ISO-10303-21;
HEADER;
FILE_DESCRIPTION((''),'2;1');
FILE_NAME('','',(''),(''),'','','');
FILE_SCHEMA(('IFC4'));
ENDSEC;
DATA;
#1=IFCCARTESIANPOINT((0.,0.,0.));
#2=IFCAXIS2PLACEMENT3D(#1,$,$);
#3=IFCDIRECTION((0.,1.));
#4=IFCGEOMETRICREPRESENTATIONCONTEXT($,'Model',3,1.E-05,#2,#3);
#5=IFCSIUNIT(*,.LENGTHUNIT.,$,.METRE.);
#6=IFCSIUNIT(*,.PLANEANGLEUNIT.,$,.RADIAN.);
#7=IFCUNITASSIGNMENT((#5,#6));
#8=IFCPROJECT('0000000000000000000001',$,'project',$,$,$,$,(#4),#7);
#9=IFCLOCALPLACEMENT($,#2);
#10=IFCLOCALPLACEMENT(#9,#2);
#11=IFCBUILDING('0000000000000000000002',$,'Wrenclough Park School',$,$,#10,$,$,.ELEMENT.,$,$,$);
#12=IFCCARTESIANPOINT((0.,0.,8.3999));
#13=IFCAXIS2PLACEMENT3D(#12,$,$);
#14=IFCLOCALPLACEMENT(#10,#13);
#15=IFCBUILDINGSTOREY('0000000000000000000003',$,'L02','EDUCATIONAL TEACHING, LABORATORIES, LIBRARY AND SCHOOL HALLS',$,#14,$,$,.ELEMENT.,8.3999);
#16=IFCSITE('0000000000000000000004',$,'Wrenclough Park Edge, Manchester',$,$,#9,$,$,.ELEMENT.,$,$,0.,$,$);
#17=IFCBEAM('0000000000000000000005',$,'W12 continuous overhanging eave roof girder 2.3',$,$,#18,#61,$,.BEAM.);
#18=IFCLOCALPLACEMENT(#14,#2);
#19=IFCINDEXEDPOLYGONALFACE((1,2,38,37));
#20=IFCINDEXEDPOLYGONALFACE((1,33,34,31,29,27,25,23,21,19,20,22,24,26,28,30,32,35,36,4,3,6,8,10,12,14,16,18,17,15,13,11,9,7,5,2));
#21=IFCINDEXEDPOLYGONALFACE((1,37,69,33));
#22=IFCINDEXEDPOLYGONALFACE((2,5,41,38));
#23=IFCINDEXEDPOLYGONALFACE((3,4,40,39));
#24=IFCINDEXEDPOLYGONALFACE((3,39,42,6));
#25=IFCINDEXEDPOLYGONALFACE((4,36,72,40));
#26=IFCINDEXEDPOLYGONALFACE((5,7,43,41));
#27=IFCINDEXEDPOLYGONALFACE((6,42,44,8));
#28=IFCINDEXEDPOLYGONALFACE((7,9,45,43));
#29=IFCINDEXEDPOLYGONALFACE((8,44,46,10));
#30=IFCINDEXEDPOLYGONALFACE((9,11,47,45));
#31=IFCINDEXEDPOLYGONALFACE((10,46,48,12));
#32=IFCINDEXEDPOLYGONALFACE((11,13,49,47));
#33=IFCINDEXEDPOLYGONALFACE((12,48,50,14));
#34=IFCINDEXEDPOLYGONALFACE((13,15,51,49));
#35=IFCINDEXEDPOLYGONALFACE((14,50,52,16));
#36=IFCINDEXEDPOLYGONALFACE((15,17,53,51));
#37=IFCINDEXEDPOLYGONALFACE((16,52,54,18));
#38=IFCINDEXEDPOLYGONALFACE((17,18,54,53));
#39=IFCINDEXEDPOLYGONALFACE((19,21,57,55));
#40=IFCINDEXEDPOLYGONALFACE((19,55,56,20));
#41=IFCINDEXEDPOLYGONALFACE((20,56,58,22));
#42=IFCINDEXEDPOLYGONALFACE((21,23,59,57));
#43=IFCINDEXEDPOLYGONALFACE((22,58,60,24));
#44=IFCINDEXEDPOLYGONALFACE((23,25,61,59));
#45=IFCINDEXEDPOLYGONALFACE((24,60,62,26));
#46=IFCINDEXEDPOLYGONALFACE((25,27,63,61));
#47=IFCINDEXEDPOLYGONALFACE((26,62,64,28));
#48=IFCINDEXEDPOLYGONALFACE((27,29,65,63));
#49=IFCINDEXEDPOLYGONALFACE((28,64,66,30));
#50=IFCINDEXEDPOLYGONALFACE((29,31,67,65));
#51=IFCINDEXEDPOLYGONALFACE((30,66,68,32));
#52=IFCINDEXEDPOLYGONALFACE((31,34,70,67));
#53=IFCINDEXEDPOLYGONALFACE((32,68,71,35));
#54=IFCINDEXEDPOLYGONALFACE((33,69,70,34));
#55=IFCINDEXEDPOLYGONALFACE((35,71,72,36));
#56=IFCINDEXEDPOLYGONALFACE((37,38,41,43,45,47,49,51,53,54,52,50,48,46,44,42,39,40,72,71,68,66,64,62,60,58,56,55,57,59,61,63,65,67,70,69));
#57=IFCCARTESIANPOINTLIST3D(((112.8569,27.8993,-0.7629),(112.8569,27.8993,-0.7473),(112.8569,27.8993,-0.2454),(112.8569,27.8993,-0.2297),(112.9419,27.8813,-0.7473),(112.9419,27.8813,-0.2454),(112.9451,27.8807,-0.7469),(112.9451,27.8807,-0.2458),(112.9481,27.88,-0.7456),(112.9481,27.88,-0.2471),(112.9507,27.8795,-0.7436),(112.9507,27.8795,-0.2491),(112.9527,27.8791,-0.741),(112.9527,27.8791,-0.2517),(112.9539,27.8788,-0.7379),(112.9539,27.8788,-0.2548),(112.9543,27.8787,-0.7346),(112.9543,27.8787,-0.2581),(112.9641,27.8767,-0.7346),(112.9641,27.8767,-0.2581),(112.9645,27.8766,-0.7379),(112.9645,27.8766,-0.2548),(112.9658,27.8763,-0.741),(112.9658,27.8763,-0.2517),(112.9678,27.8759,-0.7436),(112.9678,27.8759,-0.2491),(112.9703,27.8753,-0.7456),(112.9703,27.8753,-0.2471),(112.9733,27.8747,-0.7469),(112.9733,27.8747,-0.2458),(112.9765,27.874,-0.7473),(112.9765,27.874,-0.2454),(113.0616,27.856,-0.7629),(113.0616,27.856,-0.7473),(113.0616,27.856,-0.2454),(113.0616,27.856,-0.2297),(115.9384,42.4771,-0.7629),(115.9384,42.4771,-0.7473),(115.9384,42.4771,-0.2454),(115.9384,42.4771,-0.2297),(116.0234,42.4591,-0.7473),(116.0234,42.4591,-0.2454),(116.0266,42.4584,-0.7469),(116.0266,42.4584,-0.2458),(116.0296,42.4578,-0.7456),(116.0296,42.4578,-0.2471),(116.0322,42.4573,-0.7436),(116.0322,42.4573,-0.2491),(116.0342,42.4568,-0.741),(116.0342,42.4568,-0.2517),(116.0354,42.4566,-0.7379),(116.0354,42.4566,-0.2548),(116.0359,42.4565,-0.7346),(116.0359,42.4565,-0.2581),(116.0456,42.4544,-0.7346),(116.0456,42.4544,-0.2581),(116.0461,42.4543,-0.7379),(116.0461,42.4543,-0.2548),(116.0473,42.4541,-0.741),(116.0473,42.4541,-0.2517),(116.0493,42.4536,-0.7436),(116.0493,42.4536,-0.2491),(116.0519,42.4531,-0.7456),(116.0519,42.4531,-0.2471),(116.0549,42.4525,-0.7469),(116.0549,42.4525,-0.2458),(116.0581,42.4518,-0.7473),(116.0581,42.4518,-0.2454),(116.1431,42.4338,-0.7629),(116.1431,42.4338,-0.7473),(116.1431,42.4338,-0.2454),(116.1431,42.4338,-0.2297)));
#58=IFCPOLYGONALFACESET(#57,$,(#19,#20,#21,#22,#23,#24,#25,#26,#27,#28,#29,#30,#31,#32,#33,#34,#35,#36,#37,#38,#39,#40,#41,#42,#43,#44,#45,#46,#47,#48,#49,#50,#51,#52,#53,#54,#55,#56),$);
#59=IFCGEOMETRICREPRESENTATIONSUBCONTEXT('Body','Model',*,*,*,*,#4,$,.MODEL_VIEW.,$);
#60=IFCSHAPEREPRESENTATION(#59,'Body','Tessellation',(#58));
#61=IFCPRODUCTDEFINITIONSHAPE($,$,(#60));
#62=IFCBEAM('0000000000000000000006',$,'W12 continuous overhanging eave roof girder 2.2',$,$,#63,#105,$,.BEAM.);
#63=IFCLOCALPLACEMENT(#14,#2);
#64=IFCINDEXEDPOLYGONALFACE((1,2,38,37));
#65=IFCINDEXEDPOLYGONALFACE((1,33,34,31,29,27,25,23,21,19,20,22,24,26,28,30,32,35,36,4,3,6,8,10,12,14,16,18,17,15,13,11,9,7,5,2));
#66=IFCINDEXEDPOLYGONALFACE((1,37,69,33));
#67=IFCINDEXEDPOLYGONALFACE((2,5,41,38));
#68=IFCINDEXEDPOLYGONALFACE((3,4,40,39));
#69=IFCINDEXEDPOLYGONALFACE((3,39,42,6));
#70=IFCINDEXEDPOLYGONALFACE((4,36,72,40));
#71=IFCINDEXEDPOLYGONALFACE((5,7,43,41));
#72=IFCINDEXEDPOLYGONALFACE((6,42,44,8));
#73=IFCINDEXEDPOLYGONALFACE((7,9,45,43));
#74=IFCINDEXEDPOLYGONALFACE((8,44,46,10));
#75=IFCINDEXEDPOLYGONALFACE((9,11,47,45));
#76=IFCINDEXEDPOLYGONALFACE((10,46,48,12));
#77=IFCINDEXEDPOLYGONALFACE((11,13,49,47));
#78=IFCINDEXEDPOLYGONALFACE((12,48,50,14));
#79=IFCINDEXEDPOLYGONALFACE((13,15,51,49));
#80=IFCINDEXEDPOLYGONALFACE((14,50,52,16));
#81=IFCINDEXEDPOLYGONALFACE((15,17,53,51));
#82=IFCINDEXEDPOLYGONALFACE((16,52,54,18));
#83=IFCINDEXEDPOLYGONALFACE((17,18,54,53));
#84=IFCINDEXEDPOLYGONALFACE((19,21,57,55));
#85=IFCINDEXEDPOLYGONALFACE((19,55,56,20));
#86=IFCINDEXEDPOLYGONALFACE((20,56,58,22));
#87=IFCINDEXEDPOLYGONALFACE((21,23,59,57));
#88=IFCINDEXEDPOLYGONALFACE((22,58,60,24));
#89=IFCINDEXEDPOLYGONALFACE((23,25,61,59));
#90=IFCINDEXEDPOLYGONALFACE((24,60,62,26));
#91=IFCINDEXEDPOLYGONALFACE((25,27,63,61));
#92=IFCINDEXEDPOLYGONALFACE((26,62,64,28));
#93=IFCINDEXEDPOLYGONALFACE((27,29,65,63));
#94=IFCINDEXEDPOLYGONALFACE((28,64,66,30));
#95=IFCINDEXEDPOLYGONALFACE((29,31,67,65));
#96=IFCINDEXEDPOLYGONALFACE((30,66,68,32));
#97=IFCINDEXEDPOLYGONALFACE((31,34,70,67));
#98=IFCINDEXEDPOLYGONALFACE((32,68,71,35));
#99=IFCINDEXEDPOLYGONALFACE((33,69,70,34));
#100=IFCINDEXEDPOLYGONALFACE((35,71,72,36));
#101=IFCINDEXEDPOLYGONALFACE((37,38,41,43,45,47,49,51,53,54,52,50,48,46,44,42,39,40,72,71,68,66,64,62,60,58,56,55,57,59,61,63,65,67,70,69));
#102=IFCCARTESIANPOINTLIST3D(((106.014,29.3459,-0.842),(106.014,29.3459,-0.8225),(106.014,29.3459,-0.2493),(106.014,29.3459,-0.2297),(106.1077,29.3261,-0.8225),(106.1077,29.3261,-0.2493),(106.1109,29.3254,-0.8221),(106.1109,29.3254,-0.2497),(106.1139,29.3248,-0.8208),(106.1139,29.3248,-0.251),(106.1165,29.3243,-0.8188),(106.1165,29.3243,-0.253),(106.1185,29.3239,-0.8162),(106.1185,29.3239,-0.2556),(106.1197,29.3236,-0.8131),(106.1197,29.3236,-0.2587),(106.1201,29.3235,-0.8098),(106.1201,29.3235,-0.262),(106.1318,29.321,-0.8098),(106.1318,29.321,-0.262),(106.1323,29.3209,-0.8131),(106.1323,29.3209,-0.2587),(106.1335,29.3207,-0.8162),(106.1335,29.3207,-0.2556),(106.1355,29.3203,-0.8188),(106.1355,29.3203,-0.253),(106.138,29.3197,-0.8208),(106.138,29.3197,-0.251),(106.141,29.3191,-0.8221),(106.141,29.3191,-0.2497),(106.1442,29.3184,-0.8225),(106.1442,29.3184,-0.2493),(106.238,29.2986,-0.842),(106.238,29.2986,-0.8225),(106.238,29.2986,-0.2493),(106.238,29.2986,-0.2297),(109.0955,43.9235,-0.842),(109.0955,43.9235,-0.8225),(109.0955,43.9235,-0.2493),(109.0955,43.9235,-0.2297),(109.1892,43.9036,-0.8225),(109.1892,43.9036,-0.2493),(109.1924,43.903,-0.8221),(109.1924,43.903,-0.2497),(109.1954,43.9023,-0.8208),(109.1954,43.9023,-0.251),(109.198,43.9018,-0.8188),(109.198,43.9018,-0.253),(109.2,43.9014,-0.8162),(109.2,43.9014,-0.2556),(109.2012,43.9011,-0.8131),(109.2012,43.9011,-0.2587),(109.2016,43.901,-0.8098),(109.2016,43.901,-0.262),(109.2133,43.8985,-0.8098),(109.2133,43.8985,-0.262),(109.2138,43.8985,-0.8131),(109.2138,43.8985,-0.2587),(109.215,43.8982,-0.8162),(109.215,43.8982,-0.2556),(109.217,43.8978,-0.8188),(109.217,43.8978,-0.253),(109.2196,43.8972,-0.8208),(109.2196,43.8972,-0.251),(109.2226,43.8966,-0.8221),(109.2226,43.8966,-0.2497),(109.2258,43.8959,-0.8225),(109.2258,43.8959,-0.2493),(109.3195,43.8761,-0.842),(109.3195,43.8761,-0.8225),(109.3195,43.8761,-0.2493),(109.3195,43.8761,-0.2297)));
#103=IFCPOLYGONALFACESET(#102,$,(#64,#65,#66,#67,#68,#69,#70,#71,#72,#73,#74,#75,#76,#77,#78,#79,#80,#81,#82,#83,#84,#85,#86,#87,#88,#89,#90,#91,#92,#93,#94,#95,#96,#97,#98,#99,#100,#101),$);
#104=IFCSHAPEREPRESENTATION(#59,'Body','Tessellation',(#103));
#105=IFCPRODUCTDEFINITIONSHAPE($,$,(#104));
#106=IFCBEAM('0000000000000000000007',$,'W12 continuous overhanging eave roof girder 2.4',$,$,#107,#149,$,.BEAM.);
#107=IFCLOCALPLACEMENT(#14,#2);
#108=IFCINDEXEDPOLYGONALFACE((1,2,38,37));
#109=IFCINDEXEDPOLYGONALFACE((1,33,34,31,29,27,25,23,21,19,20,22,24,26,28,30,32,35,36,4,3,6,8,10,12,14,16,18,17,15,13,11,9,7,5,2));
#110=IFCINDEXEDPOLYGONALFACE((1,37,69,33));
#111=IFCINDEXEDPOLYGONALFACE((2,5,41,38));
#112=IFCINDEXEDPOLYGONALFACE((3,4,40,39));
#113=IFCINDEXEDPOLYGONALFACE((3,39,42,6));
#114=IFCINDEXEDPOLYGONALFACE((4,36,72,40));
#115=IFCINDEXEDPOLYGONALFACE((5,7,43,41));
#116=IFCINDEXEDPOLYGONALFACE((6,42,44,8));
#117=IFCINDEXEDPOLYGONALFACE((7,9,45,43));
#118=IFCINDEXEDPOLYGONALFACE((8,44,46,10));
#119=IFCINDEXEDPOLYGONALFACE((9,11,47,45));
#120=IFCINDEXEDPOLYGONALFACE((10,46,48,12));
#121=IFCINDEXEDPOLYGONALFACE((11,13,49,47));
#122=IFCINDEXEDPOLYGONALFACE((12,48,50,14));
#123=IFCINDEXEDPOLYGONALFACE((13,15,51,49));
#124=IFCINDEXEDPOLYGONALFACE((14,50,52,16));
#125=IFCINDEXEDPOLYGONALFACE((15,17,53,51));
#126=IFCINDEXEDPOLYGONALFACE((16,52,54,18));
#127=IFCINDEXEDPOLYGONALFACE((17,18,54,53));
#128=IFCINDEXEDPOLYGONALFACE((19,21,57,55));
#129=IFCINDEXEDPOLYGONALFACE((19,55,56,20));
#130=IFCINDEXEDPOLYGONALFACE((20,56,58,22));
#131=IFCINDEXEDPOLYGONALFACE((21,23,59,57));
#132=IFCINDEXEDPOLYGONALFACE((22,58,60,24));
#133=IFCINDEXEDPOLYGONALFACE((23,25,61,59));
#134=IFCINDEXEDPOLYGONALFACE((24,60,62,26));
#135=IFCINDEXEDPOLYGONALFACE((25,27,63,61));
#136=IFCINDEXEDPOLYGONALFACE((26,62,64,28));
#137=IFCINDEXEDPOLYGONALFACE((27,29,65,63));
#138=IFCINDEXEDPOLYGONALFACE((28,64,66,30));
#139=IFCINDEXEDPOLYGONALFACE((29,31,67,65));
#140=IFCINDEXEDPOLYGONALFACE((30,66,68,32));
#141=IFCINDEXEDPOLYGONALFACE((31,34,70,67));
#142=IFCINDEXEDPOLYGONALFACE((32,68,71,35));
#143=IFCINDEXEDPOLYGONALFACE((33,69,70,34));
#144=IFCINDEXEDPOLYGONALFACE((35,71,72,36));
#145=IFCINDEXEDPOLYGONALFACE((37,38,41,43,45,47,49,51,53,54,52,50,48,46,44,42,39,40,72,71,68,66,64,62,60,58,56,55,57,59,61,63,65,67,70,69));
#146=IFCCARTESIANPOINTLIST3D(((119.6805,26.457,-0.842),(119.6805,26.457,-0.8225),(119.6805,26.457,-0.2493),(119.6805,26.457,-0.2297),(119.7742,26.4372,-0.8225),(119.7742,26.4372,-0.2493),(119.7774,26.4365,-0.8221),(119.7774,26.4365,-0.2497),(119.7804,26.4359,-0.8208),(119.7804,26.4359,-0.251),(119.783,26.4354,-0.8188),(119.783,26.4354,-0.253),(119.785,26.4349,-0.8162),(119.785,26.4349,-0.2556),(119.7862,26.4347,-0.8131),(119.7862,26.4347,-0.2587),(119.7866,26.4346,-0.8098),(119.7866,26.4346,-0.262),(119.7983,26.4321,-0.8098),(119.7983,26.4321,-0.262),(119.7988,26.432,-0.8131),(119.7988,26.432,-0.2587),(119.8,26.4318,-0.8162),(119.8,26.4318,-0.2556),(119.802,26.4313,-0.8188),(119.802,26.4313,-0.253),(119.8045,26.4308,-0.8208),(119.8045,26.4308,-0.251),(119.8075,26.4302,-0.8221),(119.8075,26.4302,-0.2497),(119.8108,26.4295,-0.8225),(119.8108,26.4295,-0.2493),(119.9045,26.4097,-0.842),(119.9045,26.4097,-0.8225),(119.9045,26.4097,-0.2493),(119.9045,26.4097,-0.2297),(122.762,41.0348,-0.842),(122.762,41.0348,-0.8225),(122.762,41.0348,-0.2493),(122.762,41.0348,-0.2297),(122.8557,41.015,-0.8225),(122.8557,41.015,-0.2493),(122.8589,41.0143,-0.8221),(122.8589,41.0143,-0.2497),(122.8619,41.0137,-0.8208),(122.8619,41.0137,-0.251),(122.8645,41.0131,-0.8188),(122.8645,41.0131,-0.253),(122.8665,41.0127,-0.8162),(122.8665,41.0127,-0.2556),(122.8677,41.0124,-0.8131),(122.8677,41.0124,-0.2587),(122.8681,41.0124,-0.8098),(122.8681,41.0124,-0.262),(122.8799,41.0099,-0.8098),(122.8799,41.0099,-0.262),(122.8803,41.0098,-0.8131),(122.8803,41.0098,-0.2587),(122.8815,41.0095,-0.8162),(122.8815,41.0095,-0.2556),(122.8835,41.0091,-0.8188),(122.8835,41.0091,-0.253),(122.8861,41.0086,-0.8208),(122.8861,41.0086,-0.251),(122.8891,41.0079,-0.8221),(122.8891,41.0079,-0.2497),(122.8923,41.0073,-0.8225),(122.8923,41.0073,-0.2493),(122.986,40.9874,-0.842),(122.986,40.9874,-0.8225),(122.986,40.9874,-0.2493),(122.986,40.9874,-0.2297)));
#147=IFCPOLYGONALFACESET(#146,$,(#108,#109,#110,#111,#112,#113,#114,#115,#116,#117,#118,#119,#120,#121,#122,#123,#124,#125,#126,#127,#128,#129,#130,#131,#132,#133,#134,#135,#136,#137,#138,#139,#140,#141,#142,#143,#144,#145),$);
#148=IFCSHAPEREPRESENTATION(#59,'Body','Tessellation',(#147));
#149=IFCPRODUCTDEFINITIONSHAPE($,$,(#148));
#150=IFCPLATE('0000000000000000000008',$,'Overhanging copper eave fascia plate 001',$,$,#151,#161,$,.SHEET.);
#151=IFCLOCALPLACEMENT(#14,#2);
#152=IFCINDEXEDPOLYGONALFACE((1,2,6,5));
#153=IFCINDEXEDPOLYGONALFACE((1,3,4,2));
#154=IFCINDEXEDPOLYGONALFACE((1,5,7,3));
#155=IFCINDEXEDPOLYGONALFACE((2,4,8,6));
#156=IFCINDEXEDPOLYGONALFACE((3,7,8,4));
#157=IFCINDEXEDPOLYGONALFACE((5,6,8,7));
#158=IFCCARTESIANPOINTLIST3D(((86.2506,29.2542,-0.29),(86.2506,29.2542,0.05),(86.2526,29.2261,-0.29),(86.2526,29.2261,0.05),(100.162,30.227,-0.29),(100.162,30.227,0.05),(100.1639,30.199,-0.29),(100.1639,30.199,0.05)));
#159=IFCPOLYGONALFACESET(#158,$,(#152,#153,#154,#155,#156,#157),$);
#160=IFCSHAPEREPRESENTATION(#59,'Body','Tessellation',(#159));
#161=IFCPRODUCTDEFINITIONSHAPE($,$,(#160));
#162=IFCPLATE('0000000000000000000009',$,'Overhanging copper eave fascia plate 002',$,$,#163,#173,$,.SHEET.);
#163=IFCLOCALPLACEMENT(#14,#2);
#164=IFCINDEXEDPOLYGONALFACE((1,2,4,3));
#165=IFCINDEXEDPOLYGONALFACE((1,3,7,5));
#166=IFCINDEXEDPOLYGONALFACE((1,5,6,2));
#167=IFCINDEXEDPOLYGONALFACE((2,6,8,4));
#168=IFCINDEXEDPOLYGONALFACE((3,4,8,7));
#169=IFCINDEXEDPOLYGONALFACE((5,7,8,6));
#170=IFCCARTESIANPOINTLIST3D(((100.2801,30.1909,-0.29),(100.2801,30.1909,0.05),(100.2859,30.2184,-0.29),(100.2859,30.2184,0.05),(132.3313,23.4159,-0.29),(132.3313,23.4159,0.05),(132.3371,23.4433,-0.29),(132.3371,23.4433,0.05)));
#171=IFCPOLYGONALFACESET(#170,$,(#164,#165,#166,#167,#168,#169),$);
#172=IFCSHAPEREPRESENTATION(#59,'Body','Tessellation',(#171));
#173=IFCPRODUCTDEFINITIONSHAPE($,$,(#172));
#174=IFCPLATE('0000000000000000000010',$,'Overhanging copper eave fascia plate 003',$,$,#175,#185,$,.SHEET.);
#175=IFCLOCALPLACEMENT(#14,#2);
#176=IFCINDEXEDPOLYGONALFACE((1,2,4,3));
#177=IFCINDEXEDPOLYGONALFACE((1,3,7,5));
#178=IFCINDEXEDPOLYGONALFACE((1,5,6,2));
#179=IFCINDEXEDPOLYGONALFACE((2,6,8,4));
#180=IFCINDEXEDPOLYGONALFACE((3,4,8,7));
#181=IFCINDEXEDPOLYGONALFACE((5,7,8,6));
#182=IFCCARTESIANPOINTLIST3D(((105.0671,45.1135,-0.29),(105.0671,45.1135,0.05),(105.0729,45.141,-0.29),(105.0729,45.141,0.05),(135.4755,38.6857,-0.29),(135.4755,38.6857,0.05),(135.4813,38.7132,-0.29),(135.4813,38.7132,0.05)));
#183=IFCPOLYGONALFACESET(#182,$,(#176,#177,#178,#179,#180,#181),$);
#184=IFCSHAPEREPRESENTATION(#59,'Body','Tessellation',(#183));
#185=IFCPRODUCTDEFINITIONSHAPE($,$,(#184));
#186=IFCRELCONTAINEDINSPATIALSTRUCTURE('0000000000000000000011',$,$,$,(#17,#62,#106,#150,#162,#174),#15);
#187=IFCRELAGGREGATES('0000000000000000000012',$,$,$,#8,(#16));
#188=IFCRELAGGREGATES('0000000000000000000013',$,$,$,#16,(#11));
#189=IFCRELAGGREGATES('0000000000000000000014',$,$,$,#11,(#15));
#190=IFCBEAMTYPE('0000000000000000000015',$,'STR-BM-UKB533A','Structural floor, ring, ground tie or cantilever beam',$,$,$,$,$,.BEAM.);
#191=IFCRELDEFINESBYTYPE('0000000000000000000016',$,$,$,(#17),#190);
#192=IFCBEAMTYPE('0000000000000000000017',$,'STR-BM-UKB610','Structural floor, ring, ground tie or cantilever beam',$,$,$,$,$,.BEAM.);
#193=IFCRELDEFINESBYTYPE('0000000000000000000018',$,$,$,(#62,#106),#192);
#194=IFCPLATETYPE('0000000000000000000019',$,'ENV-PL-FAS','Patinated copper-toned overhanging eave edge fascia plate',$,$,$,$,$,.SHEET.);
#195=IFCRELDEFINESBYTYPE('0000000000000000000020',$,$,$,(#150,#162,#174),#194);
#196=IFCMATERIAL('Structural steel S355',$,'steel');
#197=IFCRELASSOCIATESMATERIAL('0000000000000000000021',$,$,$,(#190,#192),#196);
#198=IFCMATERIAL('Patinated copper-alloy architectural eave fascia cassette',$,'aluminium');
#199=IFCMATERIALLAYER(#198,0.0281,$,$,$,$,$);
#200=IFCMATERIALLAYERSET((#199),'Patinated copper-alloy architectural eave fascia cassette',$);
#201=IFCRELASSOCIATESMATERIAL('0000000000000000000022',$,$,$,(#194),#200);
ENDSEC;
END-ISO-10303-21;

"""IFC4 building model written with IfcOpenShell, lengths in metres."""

from ifc_helpers import new_model, si_unit, direction, frame, origin, origin_2d, place, context, subcontext, project, spatial, rectangle, i_section, extrude, material, layer, layer_set, material_profile, profile_set, type_object, element, save


model = new_model("IFC4")

# Units and contexts
model_context = context("Model", 3, precision=1e-05, world=origin(), true_north=direction((0.0, 1.0)))
body_context = subcontext(model_context, "Body", "Model", "MODEL_VIEW")
ifc_project = project(units=[si_unit("LENGTHUNIT", "METRE"), si_unit("PLANEANGLEUNIT", "RADIAN")], contexts=[model_context])

# Site, building, storey
site_placement = place(None, origin())
site = spatial("IfcSite", under=ifc_project, at=site_placement, Name="Wrenclough Park Edge, Manchester", CompositionType="ELEMENT", RefElevation=0.0)
building_placement = place(site_placement, origin())
building = spatial("IfcBuilding", under=site, at=building_placement, Name="Wrenclough Park School", CompositionType="ELEMENT")
storey_placement = place(building_placement, frame((0.0, 0.0, 8.3999)))
storey = spatial("IfcBuildingStorey", under=building, at=storey_placement, Name="L02", Description="EDUCATIONAL TEACHING, LABORATORIES, LIBRARY AND SCHOOL HALLS", CompositionType="ELEMENT", Elevation=8.3999)

# Beams
ifc_material_1 = material(Name="Structural steel S355", Category="steel")
ifc_material_profile_1 = material_profile(ifc_material_1, i_section(OverallWidth=0.2092, OverallDepth=0.5332, WebThickness=0.01, FlangeThickness=0.0156, FilletRadius=0.0127, at=origin_2d()), Name="UKB 533x210x92")
ifc_profile_set_1 = profile_set([ifc_material_profile_1], Name="Structural steel S355")
beam_type_1 = type_object("IfcBeamType", Name="STR-BM-UKB533A", Description="Structural floor, ring, ground tie or cantilever beam", PredefinedType="BEAM", material=ifc_profile_set_1)
for number, where, z_axis, x_axis, name in (
    (1, (112.9592, 27.8777, -0.4963), (0.206815, 0.97838, 0.0), (-0.97838, 0.206815, 0.0), "W12 continuous overhanging eave roof girder 2.3"),
):
    element("IfcBeam", number, at=place(storey_placement, frame(where, z_axis=z_axis, x_axis=x_axis)), inside=storey, type_object=beam_type_1, Name=name, PredefinedType="BEAM", context=body_context, shape_type="SweptSolid", body=[
        extrude(i_section(OverallWidth=0.2092, OverallDepth=0.5332, WebThickness=0.01, FlangeThickness=0.0156, FilletRadius=0.0127, at=origin_2d()), origin(), (0.0, 0.0, 1.0), 14.8999),
    ])
ifc_material_profile_2 = material_profile(ifc_material_1, i_section(OverallWidth=0.229, OverallDepth=0.6123, WebThickness=0.012, FlangeThickness=0.0195, FilletRadius=0.0127, at=origin_2d()), Name="UKB 610x229x125")
ifc_profile_set_2 = profile_set([ifc_material_profile_2], Name="Structural steel S355")
beam_type_2 = type_object("IfcBeamType", Name="STR-BM-UKB610", Description="Structural floor, ring, ground tie or cantilever beam", PredefinedType="BEAM", material=ifc_profile_set_2)
beam_1_placement = place(storey_placement, frame((106.126, 29.3223, -0.5359), z_axis=(0.206818, 0.978379, 0.0), x_axis=(-0.978379, 0.206818, 0.0)))
element("IfcBeam", 2, at=beam_1_placement, inside=storey, type_object=beam_type_2, Name="W12 continuous overhanging eave roof girder 2.2", PredefinedType="BEAM", context=body_context, shape_type="SweptSolid", body=[
    extrude(i_section(OverallWidth=0.229, OverallDepth=0.6123, WebThickness=0.012, FlangeThickness=0.0195, FilletRadius=0.0127, at=origin_2d()), origin(), (0.0, 0.0, 1.0), 14.8997),
])
beam_2_placement = place(storey_placement, frame((119.7925, 26.4333, -0.5359), z_axis=(0.206815, 0.97838, 0.0), x_axis=(-0.97838, 0.206815, 0.0)))
element("IfcBeam", 3, at=beam_2_placement, inside=storey, type_object=beam_type_2, Name="W12 continuous overhanging eave roof girder 2.4", PredefinedType="BEAM", context=body_context, shape_type="SweptSolid", body=[
    extrude(i_section(OverallWidth=0.229, OverallDepth=0.6123, WebThickness=0.012, FlangeThickness=0.0195, FilletRadius=0.0127, at=origin_2d()), origin(), (0.0, 0.0, 1.0), 14.8999),
])

# Plates
ifc_material_2 = material(Name="Patinated copper-alloy architectural eave fascia cassette", Category="aluminium")
ifc_layer_1 = layer(ifc_material_2, 0.0281)
ifc_layer_set_1 = layer_set([ifc_layer_1], Name="Patinated copper-alloy architectural eave fascia cassette")
plate_type_1 = type_object("IfcPlateType", Name="ENV-PL-FAS", Description="Patinated copper-toned overhanging eave edge fascia plate", PredefinedType="SHEET", material=ifc_layer_set_1)
plate_1_placement = place(storey_placement, frame((93.2073, 29.7266, -0.29), z_axis=(0.0, 0.0, 1.0), x_axis=(0.997564, 0.06976, 0.0)))
element("IfcPlate", 4, at=plate_1_placement, inside=storey, type_object=plate_type_1, Name="Overhanging copper eave fascia plate 001", PredefinedType="SHEET", context=body_context, shape_type="SweptSolid", body=[
    extrude(rectangle(XDim=13.9453, YDim=0.0281, at=origin_2d()), origin(), (0.0, 0.0, 1.0), 0.3401),
])
plate_2_placement = place(storey_placement, frame((116.3086, 26.8171, -0.29), z_axis=(0.0, 0.0, 1.0), x_axis=(0.978381, -0.206813, 0.0)))
element("IfcPlate", 5, at=plate_2_placement, inside=storey, type_object=plate_type_1, Name="Overhanging copper eave fascia plate 002", PredefinedType="SHEET", context=body_context, shape_type="SweptSolid", body=[
    extrude(rectangle(XDim=32.7595, YDim=0.0281, at=origin_2d()), origin(), (0.0, 0.0, 1.0), 0.3401),
])
plate_3_placement = place(storey_placement, frame((120.2742, 41.9133, -0.29), z_axis=(0.0, 0.0, 1.0), x_axis=(-0.978381, 0.206812, 0.0)))
element("IfcPlate", 6, at=plate_3_placement, inside=storey, type_object=plate_type_1, Name="Overhanging copper eave fascia plate 003", PredefinedType="SHEET", context=body_context, shape_type="SweptSolid", body=[
    extrude(rectangle(XDim=31.0803, YDim=0.0281, at=origin_2d()), origin(), (0.0, 0.0, 1.0), 0.3401),
])

save(model, "model.ifc")
